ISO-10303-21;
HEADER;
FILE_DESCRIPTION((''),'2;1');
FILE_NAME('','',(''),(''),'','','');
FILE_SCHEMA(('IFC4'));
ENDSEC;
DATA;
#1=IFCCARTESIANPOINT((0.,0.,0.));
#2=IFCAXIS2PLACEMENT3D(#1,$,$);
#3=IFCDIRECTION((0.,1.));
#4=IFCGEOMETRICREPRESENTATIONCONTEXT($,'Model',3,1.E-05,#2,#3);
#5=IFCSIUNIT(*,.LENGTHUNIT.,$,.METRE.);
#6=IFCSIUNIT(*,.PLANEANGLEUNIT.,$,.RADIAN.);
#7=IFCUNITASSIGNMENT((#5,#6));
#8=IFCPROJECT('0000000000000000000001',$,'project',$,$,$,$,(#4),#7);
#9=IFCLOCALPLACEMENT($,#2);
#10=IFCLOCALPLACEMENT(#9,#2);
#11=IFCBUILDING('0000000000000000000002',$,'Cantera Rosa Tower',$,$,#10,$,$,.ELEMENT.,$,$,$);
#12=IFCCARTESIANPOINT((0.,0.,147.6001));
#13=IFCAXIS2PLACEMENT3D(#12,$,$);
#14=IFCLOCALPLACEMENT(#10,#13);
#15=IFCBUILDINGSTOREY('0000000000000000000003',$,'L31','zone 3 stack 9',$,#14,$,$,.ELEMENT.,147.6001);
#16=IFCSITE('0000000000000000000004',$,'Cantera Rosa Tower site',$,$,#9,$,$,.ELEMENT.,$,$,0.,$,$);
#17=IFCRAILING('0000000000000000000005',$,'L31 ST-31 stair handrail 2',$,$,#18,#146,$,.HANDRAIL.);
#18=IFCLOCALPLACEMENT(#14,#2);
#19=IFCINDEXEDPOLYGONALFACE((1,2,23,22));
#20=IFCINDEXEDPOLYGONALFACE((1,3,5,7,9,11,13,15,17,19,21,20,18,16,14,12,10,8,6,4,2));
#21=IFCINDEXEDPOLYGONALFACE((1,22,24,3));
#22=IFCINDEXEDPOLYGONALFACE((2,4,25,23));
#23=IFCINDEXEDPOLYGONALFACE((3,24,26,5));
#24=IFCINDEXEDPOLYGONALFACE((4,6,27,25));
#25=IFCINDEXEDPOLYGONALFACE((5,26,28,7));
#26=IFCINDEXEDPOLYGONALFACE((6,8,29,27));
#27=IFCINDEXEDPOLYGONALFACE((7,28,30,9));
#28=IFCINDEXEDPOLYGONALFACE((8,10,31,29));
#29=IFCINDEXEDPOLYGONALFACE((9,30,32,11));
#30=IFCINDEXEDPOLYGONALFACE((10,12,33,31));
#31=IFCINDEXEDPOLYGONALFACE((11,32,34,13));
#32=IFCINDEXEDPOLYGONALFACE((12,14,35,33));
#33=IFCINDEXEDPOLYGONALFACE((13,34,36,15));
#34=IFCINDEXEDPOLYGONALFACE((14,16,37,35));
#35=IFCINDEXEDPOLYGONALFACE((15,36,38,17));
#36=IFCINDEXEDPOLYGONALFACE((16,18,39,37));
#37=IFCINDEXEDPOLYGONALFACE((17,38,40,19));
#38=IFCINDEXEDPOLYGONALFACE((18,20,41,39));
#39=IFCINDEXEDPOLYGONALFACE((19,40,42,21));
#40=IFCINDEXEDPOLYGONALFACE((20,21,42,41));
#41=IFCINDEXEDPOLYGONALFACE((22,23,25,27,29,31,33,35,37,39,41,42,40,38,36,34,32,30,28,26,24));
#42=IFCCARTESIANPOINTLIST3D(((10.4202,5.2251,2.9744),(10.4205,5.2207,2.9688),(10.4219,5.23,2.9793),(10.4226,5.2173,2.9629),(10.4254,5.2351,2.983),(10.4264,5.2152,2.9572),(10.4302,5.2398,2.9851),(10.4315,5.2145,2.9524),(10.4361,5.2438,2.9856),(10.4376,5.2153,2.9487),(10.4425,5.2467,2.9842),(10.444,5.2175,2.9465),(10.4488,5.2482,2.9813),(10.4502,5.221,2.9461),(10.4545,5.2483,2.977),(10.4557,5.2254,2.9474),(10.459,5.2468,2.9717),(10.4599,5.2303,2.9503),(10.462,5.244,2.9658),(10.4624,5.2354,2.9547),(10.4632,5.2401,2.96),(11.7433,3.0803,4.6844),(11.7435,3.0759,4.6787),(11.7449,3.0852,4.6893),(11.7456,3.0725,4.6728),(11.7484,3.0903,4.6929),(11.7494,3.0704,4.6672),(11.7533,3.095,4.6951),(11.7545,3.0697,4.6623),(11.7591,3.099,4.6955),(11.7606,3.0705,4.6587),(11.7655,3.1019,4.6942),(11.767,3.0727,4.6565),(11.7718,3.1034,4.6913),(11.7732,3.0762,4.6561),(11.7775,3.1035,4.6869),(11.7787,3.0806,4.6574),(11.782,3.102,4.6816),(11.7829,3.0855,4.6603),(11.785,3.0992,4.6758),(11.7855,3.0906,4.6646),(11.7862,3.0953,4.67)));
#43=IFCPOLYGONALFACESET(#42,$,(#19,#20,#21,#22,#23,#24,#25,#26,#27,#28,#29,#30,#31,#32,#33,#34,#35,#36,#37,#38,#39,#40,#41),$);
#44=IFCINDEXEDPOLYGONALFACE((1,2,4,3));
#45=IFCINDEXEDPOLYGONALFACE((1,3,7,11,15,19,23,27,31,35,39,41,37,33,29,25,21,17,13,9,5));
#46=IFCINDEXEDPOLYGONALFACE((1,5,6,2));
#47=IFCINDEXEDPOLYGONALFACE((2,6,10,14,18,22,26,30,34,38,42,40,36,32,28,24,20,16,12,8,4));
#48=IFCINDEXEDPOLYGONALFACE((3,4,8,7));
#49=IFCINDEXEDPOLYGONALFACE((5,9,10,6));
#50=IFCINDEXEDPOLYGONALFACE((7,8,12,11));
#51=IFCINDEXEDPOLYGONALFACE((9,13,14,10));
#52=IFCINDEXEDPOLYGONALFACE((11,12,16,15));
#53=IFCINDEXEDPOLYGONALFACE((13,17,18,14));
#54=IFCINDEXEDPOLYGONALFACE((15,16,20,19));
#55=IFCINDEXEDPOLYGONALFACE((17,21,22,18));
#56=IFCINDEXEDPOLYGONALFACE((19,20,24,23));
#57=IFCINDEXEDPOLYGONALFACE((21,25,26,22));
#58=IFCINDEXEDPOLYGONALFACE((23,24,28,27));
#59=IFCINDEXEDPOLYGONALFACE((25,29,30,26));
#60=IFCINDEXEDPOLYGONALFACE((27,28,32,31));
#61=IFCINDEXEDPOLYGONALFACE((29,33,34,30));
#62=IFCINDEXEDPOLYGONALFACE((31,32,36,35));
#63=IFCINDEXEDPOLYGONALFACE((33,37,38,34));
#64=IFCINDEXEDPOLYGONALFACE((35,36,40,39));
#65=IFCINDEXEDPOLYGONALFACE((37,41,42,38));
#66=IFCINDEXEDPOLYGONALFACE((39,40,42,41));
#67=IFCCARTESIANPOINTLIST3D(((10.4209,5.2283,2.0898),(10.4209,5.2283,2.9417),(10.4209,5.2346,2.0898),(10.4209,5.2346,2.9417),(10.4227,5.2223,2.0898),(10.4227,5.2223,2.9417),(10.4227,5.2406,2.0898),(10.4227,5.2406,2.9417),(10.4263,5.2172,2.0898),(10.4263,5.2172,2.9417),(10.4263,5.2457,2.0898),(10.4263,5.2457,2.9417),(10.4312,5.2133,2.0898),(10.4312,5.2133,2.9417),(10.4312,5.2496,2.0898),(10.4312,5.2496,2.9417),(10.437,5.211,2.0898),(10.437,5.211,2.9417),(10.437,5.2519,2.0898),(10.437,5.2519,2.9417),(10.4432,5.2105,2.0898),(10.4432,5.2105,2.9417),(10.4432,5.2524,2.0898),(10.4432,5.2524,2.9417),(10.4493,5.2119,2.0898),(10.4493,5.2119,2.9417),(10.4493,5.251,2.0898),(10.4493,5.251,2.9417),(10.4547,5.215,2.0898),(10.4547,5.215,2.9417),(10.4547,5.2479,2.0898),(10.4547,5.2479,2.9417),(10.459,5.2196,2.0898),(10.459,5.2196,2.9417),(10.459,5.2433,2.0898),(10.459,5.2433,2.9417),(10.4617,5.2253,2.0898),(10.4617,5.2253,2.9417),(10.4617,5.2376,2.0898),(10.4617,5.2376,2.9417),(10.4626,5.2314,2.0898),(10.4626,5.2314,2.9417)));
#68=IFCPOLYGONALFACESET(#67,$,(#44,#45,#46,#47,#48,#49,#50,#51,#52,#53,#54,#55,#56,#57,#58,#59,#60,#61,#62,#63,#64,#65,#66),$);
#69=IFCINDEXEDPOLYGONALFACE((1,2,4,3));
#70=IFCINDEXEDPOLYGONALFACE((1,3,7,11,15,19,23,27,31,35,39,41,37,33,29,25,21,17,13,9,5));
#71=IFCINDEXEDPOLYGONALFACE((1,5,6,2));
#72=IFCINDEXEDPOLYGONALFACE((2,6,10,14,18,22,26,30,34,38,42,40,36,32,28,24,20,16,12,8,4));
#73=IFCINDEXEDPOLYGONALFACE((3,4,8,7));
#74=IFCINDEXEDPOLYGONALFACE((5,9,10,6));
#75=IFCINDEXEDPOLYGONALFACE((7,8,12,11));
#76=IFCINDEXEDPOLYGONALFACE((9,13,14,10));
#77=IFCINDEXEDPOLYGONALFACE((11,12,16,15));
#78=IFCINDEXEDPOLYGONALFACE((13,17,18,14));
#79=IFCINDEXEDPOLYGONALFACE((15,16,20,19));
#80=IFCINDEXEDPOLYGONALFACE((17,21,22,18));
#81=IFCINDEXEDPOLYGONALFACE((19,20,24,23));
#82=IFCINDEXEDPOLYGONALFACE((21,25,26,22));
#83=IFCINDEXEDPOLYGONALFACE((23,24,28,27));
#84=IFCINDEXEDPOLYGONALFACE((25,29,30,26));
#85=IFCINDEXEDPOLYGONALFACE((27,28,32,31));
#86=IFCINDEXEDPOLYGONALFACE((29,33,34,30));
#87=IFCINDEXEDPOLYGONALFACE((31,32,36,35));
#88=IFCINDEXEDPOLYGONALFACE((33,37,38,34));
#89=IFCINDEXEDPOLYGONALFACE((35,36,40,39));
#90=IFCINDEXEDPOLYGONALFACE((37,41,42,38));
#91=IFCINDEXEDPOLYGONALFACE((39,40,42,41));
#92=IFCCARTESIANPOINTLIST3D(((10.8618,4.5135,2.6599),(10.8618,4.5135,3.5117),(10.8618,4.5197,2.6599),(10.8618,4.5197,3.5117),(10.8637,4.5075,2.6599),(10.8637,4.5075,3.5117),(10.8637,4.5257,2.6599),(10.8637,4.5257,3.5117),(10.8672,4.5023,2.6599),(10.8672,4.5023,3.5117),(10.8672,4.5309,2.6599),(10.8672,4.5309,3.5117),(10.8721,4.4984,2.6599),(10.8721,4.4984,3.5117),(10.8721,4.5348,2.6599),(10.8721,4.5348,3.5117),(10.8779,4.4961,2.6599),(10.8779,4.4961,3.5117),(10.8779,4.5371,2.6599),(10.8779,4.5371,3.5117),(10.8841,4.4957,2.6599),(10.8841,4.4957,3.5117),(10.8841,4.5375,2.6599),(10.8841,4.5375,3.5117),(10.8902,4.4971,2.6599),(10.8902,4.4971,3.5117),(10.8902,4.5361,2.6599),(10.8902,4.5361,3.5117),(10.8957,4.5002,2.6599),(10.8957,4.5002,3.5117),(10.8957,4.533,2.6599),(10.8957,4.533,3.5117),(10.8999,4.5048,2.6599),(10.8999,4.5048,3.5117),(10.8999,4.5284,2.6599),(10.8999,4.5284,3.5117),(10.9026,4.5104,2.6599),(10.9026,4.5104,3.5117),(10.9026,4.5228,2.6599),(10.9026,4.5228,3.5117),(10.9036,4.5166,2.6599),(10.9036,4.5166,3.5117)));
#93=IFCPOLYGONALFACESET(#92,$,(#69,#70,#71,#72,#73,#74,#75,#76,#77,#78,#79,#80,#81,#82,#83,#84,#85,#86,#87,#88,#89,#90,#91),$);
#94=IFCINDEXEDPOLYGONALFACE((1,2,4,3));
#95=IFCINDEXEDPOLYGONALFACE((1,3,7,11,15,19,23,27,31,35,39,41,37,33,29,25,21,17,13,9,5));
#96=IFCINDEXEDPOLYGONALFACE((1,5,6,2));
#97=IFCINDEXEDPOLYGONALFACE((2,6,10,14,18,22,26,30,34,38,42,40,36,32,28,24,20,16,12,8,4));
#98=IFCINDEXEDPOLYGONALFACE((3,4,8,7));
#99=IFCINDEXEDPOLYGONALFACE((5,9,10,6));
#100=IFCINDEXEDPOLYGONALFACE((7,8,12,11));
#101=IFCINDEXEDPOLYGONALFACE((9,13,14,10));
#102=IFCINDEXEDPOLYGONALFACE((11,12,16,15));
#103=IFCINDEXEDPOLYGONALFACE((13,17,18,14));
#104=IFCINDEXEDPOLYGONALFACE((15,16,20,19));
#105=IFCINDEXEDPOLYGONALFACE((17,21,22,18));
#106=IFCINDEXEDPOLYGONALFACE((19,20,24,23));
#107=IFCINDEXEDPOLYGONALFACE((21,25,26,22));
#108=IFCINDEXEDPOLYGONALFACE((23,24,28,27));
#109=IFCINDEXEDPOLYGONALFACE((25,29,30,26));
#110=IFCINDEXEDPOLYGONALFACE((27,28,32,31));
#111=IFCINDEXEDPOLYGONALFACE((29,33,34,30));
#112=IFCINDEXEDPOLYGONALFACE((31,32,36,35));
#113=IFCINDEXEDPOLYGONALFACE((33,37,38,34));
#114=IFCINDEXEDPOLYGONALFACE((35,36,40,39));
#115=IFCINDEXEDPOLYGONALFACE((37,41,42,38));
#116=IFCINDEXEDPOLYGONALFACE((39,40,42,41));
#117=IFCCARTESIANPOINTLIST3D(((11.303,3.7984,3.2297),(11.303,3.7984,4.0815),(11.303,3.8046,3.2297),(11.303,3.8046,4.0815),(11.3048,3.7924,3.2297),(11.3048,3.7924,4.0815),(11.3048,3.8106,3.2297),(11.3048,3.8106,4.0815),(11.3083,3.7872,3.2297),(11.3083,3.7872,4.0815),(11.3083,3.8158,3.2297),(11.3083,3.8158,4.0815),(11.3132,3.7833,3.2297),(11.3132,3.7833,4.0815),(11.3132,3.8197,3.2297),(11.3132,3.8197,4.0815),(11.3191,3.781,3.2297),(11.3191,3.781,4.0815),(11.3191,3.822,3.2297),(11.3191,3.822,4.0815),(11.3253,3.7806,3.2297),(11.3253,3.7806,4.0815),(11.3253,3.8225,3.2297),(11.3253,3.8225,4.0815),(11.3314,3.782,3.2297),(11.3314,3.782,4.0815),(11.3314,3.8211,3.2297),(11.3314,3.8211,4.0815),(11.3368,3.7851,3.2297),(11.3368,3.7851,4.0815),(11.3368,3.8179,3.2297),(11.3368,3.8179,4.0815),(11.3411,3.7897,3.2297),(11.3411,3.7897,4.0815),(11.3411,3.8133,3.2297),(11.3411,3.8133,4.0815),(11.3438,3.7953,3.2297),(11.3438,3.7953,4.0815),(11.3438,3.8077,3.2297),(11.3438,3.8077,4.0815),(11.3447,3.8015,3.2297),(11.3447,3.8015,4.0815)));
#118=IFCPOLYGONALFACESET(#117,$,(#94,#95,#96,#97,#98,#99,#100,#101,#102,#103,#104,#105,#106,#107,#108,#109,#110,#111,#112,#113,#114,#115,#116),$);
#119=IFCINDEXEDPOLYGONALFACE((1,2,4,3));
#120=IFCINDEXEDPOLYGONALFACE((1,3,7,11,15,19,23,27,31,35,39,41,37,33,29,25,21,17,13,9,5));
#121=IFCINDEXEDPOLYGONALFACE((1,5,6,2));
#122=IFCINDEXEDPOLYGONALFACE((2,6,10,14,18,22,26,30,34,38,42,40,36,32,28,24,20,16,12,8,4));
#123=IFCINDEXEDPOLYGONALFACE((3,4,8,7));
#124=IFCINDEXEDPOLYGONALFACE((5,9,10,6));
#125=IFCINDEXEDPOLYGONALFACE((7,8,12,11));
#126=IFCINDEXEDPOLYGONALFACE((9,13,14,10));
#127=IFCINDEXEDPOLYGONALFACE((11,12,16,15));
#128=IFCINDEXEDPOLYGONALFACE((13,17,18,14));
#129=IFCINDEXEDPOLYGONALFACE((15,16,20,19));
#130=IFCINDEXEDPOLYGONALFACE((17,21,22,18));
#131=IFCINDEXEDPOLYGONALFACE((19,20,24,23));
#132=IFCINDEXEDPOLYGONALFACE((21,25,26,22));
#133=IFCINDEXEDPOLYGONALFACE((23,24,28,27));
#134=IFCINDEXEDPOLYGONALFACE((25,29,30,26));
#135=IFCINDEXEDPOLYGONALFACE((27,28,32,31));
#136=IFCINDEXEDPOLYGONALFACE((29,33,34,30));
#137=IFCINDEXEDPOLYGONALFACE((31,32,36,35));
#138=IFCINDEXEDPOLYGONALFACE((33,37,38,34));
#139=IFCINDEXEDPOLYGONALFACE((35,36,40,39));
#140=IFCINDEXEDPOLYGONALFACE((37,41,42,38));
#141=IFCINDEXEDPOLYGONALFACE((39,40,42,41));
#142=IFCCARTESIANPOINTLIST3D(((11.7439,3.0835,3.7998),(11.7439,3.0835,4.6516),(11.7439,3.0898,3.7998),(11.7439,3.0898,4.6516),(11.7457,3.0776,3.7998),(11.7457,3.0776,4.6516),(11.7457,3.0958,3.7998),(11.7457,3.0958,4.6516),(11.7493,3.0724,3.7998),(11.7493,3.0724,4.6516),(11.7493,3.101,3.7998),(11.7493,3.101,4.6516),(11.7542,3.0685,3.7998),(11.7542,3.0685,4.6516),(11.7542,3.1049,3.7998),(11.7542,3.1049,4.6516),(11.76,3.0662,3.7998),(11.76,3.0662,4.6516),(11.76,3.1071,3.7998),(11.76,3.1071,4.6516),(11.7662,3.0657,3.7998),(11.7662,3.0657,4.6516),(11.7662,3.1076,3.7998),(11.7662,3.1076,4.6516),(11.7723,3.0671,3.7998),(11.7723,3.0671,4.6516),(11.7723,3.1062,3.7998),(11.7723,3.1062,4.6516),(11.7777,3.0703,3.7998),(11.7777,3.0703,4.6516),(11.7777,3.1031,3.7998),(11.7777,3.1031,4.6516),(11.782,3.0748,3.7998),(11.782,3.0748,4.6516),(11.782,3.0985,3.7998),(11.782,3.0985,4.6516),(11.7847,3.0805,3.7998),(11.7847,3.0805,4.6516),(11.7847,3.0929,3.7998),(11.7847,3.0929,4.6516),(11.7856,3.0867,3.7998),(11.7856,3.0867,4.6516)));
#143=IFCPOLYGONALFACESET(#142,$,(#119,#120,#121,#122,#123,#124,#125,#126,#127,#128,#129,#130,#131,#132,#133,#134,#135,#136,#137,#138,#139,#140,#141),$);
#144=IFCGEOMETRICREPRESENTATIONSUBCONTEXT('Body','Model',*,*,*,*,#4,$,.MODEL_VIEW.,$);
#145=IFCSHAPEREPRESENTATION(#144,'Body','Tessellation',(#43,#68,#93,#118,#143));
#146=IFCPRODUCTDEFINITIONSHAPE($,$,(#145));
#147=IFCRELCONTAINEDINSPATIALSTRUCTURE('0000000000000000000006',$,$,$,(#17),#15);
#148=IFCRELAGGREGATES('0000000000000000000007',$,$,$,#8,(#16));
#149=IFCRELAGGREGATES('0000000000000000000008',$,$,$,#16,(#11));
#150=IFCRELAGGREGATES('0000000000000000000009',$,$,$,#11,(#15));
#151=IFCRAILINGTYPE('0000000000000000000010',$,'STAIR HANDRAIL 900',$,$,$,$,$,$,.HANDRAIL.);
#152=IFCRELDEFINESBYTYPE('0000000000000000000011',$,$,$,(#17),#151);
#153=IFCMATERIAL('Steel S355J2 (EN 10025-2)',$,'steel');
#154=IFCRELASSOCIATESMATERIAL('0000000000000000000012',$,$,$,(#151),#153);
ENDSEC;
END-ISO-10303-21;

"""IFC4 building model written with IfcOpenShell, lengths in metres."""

from ifc_helpers import new_model, si_unit, direction, frame, origin, origin_2d, place, context, subcontext, project, spatial, circle, extrude, material, type_object, element, save


model = new_model("IFC4")

# Units and contexts
model_context = context("Model", 3, precision=1e-05, world=origin(), true_north=direction((0.0, 1.0)))
body_context = subcontext(model_context, "Body", "Model", "MODEL_VIEW")
ifc_project = project(units=[si_unit("LENGTHUNIT", "METRE"), si_unit("PLANEANGLEUNIT", "RADIAN")], contexts=[model_context])

# Site, building, storey
site_placement = place(None, origin())
site = spatial("IfcSite", under=ifc_project, at=site_placement, Name="Cantera Rosa Tower site", CompositionType="ELEMENT", RefElevation=0.0)
building_placement = place(site_placement, origin())
building = spatial("IfcBuilding", under=site, at=building_placement, Name="Cantera Rosa Tower", CompositionType="ELEMENT")
storey_placement = place(building_placement, frame((0.0, 0.0, 147.6001)))
storey = spatial("IfcBuildingStorey", under=building, at=storey_placement, Name="L31", Description="zone 3 stack 9", CompositionType="ELEMENT", Elevation=147.6001)

# Railing
ifc_material_1 = material(Name="Steel S355J2 (EN 10025-2)", Category="steel")
railing_type_1 = type_object("IfcRailingType", Name="STAIR HANDRAIL 900", PredefinedType="HANDRAIL", material=ifc_material_1)
railing_1_placement = place(storey_placement, frame((10.4417, 5.2314, 2.0898)))
element("IfcRailing", 1, at=railing_1_placement, inside=storey, type_object=railing_type_1, Name="L31 ST-31 stair handrail 2", PredefinedType="HANDRAIL", context=body_context, shape_type="SweptSolid", body=[
    extrude(circle(Radius=0.0239, at=origin_2d()), frame((0.0, 0.0, 0.876), z_axis=(0.434428, -0.704271, 0.561493), x_axis=(0.851102, 0.525, 0.0)), (0.0, 0.0, 1.0), 3.0454),
    extrude(circle(Radius=0.021, at=origin_2d()), origin(), (0.0, 0.0, 1.0), 0.8518),
    extrude(circle(Radius=0.021, at=origin_2d()), frame((0.4409, -0.7148, 0.5701)), (0.0, 0.0, 1.0), 0.8518),
    extrude(circle(Radius=0.021, at=origin_2d()), frame((0.8821, -1.4299, 1.1399)), (0.0, 0.0, 1.0), 0.8518),
    extrude(circle(Radius=0.021, at=origin_2d()), frame((1.323, -2.1448, 1.71)), (0.0, 0.0, 1.0), 0.8518),
])

save(model, "model.ifc")
